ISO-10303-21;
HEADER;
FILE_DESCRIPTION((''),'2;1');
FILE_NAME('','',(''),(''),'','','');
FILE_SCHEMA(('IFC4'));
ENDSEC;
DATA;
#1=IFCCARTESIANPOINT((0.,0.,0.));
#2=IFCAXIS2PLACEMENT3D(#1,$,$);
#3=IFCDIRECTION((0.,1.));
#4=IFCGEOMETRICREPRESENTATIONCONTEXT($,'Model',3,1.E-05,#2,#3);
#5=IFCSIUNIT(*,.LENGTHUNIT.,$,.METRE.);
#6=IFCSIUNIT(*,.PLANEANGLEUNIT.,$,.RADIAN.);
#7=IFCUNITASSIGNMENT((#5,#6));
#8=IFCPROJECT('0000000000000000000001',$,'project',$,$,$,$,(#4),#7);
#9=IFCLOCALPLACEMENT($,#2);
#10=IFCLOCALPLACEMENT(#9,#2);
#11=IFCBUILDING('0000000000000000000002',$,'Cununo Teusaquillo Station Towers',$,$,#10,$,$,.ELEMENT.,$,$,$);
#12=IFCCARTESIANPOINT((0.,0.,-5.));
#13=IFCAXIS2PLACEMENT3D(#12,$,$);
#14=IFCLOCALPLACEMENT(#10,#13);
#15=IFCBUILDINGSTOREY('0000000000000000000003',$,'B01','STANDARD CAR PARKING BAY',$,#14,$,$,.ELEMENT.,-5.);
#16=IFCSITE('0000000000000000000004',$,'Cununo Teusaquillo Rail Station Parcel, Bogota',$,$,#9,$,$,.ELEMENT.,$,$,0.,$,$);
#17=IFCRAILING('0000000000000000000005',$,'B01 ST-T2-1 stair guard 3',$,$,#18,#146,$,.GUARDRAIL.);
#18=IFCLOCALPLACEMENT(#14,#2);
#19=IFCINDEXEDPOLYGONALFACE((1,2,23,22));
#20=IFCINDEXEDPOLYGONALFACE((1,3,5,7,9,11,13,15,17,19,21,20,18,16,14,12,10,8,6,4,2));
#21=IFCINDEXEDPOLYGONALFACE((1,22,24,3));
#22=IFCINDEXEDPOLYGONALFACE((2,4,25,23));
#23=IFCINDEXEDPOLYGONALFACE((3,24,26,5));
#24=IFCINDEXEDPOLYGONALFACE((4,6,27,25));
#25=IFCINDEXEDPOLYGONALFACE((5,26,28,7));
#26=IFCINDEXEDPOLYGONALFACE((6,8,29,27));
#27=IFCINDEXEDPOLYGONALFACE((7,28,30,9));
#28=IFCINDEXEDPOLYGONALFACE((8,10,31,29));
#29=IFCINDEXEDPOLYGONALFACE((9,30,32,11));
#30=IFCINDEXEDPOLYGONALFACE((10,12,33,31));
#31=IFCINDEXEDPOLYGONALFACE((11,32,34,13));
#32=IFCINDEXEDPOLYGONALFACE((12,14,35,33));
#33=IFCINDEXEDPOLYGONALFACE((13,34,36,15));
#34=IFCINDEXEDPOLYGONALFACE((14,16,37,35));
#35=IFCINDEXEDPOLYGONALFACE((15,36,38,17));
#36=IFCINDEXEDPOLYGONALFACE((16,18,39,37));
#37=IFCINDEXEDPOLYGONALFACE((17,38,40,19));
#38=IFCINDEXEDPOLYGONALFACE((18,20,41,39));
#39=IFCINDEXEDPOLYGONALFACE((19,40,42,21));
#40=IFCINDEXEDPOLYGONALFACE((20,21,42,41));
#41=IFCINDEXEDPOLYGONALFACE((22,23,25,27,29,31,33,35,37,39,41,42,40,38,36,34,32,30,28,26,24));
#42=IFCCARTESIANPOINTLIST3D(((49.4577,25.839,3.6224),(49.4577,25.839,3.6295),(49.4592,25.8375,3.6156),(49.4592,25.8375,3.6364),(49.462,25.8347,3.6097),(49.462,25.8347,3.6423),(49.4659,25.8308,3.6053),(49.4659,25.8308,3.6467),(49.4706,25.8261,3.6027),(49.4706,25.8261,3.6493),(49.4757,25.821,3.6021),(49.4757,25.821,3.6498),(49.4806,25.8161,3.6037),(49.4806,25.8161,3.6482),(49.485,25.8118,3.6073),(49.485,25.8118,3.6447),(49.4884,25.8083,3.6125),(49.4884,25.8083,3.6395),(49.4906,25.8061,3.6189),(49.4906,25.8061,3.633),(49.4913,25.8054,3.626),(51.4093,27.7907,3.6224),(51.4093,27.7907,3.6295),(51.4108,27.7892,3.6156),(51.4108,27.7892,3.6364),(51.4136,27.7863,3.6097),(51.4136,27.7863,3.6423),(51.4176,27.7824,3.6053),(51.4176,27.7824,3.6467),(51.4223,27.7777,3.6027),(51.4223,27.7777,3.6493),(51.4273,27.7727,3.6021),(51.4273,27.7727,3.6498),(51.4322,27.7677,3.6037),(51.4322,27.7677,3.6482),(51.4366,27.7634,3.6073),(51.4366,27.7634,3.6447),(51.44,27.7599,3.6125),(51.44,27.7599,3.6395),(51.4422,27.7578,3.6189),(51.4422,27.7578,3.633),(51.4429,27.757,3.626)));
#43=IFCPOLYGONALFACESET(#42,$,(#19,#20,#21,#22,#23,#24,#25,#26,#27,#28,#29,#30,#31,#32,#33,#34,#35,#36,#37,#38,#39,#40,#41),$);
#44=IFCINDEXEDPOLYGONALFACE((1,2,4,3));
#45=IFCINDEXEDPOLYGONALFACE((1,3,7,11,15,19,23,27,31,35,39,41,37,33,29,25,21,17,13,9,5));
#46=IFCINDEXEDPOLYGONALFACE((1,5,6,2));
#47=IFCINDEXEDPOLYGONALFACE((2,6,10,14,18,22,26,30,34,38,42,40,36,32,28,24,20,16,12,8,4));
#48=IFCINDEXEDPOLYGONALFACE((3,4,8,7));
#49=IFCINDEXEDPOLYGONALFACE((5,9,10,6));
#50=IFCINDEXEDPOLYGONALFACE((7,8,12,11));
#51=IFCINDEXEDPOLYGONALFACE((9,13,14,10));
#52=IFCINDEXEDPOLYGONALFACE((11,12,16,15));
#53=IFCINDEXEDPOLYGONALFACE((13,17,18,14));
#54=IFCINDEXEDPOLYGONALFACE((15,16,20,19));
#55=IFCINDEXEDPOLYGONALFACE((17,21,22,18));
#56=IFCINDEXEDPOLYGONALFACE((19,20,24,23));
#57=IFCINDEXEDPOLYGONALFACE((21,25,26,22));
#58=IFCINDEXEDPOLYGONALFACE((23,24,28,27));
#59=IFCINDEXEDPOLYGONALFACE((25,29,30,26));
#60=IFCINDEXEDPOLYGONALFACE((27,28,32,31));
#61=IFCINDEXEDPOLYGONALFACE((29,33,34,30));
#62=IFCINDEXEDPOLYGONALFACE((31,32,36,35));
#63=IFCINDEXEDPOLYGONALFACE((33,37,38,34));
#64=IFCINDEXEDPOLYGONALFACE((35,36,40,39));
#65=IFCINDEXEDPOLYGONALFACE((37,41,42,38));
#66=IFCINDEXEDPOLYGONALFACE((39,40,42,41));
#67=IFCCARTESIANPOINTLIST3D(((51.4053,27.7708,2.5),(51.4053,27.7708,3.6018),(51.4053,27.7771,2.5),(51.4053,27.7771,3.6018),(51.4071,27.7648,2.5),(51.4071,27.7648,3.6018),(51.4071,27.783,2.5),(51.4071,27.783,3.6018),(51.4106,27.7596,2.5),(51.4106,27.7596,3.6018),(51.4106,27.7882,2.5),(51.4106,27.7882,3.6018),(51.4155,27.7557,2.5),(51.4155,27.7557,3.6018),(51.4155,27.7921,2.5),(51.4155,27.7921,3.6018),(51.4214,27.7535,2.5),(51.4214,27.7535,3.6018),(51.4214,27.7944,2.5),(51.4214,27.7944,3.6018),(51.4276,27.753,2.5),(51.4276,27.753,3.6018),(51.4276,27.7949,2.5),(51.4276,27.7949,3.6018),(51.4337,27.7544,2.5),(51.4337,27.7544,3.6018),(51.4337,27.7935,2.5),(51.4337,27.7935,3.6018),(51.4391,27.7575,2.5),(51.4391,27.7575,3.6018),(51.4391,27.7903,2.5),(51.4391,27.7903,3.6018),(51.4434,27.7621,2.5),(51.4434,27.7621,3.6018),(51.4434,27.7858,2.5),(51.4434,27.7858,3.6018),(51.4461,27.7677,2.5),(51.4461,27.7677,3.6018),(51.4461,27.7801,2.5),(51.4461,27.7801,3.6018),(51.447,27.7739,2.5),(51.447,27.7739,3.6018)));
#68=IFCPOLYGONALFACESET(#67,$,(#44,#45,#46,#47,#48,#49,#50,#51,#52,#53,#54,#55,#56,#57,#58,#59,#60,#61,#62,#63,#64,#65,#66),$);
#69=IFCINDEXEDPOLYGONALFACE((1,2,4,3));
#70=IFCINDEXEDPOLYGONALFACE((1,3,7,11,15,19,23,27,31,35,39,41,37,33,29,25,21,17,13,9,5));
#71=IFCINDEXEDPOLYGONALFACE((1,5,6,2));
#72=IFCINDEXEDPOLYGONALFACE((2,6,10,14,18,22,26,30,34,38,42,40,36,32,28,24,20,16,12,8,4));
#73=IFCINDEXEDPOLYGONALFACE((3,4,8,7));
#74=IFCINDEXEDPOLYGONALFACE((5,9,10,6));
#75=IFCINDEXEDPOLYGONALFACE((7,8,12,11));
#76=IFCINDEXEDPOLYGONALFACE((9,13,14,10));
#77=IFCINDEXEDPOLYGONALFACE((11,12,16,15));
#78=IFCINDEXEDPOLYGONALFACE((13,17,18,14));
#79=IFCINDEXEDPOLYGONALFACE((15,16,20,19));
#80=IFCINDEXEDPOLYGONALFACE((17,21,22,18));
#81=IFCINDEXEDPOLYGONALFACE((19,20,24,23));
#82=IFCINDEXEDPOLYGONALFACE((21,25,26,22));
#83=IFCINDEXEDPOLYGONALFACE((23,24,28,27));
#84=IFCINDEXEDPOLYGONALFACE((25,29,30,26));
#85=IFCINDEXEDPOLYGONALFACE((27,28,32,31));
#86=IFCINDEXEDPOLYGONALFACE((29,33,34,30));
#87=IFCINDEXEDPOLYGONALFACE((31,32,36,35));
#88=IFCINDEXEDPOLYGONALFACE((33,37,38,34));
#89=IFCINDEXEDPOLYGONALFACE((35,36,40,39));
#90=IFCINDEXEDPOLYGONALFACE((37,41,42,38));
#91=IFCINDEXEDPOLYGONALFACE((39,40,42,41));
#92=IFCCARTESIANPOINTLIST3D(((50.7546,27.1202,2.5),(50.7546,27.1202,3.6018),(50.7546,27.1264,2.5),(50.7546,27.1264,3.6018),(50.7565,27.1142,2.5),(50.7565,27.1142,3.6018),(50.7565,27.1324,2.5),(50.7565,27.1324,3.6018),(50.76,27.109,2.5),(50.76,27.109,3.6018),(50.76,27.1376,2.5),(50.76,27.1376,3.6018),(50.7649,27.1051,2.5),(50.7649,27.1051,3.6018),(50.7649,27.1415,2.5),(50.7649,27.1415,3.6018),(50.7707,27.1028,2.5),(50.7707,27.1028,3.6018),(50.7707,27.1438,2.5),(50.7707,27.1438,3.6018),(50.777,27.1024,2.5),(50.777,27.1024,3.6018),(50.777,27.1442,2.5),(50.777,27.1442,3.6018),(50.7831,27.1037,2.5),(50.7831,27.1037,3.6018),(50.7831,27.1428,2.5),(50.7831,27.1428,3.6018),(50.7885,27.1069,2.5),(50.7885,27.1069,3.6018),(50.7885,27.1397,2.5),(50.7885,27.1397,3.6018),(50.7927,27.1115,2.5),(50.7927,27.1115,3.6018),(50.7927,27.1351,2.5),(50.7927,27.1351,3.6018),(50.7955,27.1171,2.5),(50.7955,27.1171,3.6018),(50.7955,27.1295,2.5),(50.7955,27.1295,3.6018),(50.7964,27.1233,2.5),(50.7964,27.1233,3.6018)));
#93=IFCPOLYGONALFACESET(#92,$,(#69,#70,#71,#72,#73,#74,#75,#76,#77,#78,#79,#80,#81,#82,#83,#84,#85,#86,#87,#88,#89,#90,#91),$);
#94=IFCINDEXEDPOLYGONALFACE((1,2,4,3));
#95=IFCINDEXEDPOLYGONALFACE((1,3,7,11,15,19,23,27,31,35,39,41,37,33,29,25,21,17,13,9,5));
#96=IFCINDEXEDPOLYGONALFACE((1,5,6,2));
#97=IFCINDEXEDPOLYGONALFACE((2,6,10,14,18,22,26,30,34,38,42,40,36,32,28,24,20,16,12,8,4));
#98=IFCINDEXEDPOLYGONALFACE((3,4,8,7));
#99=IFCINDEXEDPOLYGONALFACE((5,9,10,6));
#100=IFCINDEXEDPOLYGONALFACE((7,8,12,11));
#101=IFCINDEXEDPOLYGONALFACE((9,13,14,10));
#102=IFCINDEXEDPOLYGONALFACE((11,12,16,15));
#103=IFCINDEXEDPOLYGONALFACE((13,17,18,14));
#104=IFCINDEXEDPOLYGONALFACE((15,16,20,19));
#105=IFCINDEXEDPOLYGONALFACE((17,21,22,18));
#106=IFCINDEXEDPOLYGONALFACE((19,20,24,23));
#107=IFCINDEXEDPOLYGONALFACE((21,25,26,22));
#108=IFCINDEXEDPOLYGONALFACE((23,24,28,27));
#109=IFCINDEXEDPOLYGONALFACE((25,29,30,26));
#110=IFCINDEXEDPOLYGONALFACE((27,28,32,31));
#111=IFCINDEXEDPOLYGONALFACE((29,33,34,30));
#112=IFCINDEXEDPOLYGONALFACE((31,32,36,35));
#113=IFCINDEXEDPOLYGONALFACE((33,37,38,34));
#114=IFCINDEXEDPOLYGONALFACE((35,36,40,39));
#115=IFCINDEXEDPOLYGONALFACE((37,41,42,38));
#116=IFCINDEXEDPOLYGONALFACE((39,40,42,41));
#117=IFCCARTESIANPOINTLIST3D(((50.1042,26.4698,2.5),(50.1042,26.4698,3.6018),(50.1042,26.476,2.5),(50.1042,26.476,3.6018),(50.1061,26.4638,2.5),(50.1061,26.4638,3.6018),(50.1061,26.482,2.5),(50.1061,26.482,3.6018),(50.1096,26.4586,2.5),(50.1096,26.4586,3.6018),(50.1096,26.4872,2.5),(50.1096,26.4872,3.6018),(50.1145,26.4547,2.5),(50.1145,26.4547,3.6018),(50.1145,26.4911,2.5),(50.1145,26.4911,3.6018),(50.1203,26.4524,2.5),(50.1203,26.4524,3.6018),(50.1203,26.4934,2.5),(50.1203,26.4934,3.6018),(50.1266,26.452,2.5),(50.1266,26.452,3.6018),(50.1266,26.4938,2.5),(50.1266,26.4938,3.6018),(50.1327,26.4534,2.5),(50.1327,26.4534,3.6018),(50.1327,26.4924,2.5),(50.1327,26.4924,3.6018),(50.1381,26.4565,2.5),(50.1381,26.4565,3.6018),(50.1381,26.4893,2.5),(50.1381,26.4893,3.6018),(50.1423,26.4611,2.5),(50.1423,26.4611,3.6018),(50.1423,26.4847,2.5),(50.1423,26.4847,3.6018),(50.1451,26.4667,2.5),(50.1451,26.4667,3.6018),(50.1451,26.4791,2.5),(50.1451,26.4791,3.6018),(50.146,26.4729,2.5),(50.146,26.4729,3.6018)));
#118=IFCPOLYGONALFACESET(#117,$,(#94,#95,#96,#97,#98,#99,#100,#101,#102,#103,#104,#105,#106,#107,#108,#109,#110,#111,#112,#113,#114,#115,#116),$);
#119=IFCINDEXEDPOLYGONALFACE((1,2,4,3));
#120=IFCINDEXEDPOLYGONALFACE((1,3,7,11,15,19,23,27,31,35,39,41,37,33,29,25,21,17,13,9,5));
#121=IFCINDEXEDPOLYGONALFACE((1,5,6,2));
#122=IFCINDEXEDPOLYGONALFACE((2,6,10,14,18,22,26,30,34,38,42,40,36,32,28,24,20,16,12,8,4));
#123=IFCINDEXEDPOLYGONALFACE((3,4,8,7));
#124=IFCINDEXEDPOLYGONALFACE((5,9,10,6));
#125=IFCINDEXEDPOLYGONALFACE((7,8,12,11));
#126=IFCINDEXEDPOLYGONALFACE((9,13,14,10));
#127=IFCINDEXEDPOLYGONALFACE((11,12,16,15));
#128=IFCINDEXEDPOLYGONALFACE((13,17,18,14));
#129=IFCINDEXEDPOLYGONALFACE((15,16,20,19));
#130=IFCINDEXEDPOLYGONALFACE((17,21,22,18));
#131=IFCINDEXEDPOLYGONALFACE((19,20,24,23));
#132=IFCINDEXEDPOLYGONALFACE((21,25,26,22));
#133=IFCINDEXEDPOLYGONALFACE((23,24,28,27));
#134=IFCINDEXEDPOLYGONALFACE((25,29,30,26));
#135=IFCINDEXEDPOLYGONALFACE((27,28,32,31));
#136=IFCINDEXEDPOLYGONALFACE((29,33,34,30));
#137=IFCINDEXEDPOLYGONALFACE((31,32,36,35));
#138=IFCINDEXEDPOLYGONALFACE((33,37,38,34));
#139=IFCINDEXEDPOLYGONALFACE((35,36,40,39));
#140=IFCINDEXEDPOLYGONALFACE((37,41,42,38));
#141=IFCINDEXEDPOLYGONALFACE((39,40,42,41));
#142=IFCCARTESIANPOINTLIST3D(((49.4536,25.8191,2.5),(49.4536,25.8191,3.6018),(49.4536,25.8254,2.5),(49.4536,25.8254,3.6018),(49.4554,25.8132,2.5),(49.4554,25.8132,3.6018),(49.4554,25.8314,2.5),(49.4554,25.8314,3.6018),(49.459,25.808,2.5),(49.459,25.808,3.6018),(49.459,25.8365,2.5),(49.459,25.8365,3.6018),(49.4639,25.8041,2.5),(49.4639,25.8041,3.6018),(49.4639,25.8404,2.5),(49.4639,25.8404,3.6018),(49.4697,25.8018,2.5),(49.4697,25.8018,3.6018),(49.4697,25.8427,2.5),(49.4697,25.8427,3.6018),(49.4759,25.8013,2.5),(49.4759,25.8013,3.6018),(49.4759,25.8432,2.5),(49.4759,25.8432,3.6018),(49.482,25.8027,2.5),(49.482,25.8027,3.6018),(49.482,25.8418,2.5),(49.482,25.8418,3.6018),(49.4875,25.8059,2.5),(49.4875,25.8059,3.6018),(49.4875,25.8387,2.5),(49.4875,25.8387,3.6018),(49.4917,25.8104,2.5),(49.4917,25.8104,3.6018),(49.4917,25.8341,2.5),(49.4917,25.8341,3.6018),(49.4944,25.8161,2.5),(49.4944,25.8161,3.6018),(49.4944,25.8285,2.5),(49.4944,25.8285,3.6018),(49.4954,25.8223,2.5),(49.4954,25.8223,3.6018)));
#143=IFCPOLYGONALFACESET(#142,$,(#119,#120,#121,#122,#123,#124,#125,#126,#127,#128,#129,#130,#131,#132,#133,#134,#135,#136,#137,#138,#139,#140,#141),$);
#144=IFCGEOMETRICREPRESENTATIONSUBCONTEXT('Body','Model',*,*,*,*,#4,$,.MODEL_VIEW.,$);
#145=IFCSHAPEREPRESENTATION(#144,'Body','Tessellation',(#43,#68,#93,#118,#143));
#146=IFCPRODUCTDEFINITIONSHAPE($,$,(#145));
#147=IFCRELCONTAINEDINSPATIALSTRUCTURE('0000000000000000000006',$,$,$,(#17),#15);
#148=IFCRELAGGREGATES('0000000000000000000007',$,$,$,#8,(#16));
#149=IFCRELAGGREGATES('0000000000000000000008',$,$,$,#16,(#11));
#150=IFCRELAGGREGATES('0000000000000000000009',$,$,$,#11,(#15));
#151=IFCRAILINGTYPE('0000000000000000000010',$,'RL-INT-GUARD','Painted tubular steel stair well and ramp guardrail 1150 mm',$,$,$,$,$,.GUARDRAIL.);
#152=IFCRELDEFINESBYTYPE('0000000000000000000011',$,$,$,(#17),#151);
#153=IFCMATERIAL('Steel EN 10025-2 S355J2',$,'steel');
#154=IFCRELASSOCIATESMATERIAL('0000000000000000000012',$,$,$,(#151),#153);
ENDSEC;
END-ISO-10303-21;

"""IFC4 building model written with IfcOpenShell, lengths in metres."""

from ifc_helpers import new_model, si_unit, direction, frame, origin, origin_2d, place, context, subcontext, project, spatial, circle, extrude, material, type_object, element, save


model = new_model("IFC4")

# Units and contexts
model_context = context("Model", 3, precision=1e-05, world=origin(), true_north=direction((0.0, 1.0)))
body_context = subcontext(model_context, "Body", "Model", "MODEL_VIEW")
ifc_project = project(units=[si_unit("LENGTHUNIT", "METRE"), si_unit("PLANEANGLEUNIT", "RADIAN")], contexts=[model_context])

# Site, building, storey
site_placement = place(None, origin())
site = spatial("IfcSite", under=ifc_project, at=site_placement, Name="Cununo Teusaquillo Rail Station Parcel, Bogota", CompositionType="ELEMENT", RefElevation=0.0)
building_placement = place(site_placement, origin())
building = spatial("IfcBuilding", under=site, at=building_placement, Name="Cununo Teusaquillo Station Towers", CompositionType="ELEMENT")
storey_placement = place(building_placement, frame((0.0, 0.0, -5.0)))
storey = spatial("IfcBuildingStorey", under=building, at=storey_placement, Name="B01", Description="STANDARD CAR PARKING BAY", CompositionType="ELEMENT", Elevation=-5.0)

# Railing
ifc_material_1 = material(Name="Steel EN 10025-2 S355J2", Category="steel")
railing_type_1 = type_object("IfcRailingType", Name="RL-INT-GUARD", Description="Painted tubular steel stair well and ramp guardrail 1150 mm", PredefinedType="GUARDRAIL", material=ifc_material_1)
railing_1_placement = place(storey_placement, frame((51.426, 27.7739, 2.5)))
element("IfcRailing", 1, at=railing_1_placement, inside=storey, type_object=railing_type_1, Name="B01 ST-T2-1 stair guard 3", PredefinedType="GUARDRAIL", context=body_context, shape_type="SweptSolid", body=[
    extrude(circle(Radius=0.0239, at=origin_2d()), frame((0.0, 0.0, 1.126), z_axis=(-0.707107, -0.707107, 0.0), x_axis=(0.707107, -0.707107, 0.0)), (0.0, 0.0, 1.0), 2.76),
    extrude(circle(Radius=0.021, at=origin_2d()), origin(), (0.0, 0.0, 1.0), 1.1018),
    extrude(circle(Radius=0.021, at=origin_2d()), frame((-0.6506, -0.6506, 0.0)), (0.0, 0.0, 1.0), 1.1018),
    extrude(circle(Radius=0.021, at=origin_2d()), frame((-1.301, -1.301, 0.0)), (0.0, 0.0, 1.0), 1.1018),
    extrude(circle(Radius=0.021, at=origin_2d()), frame((-1.9517, -1.9517, 0.0)), (0.0, 0.0, 1.0), 1.1018),
])

save(model, "model.ifc")
